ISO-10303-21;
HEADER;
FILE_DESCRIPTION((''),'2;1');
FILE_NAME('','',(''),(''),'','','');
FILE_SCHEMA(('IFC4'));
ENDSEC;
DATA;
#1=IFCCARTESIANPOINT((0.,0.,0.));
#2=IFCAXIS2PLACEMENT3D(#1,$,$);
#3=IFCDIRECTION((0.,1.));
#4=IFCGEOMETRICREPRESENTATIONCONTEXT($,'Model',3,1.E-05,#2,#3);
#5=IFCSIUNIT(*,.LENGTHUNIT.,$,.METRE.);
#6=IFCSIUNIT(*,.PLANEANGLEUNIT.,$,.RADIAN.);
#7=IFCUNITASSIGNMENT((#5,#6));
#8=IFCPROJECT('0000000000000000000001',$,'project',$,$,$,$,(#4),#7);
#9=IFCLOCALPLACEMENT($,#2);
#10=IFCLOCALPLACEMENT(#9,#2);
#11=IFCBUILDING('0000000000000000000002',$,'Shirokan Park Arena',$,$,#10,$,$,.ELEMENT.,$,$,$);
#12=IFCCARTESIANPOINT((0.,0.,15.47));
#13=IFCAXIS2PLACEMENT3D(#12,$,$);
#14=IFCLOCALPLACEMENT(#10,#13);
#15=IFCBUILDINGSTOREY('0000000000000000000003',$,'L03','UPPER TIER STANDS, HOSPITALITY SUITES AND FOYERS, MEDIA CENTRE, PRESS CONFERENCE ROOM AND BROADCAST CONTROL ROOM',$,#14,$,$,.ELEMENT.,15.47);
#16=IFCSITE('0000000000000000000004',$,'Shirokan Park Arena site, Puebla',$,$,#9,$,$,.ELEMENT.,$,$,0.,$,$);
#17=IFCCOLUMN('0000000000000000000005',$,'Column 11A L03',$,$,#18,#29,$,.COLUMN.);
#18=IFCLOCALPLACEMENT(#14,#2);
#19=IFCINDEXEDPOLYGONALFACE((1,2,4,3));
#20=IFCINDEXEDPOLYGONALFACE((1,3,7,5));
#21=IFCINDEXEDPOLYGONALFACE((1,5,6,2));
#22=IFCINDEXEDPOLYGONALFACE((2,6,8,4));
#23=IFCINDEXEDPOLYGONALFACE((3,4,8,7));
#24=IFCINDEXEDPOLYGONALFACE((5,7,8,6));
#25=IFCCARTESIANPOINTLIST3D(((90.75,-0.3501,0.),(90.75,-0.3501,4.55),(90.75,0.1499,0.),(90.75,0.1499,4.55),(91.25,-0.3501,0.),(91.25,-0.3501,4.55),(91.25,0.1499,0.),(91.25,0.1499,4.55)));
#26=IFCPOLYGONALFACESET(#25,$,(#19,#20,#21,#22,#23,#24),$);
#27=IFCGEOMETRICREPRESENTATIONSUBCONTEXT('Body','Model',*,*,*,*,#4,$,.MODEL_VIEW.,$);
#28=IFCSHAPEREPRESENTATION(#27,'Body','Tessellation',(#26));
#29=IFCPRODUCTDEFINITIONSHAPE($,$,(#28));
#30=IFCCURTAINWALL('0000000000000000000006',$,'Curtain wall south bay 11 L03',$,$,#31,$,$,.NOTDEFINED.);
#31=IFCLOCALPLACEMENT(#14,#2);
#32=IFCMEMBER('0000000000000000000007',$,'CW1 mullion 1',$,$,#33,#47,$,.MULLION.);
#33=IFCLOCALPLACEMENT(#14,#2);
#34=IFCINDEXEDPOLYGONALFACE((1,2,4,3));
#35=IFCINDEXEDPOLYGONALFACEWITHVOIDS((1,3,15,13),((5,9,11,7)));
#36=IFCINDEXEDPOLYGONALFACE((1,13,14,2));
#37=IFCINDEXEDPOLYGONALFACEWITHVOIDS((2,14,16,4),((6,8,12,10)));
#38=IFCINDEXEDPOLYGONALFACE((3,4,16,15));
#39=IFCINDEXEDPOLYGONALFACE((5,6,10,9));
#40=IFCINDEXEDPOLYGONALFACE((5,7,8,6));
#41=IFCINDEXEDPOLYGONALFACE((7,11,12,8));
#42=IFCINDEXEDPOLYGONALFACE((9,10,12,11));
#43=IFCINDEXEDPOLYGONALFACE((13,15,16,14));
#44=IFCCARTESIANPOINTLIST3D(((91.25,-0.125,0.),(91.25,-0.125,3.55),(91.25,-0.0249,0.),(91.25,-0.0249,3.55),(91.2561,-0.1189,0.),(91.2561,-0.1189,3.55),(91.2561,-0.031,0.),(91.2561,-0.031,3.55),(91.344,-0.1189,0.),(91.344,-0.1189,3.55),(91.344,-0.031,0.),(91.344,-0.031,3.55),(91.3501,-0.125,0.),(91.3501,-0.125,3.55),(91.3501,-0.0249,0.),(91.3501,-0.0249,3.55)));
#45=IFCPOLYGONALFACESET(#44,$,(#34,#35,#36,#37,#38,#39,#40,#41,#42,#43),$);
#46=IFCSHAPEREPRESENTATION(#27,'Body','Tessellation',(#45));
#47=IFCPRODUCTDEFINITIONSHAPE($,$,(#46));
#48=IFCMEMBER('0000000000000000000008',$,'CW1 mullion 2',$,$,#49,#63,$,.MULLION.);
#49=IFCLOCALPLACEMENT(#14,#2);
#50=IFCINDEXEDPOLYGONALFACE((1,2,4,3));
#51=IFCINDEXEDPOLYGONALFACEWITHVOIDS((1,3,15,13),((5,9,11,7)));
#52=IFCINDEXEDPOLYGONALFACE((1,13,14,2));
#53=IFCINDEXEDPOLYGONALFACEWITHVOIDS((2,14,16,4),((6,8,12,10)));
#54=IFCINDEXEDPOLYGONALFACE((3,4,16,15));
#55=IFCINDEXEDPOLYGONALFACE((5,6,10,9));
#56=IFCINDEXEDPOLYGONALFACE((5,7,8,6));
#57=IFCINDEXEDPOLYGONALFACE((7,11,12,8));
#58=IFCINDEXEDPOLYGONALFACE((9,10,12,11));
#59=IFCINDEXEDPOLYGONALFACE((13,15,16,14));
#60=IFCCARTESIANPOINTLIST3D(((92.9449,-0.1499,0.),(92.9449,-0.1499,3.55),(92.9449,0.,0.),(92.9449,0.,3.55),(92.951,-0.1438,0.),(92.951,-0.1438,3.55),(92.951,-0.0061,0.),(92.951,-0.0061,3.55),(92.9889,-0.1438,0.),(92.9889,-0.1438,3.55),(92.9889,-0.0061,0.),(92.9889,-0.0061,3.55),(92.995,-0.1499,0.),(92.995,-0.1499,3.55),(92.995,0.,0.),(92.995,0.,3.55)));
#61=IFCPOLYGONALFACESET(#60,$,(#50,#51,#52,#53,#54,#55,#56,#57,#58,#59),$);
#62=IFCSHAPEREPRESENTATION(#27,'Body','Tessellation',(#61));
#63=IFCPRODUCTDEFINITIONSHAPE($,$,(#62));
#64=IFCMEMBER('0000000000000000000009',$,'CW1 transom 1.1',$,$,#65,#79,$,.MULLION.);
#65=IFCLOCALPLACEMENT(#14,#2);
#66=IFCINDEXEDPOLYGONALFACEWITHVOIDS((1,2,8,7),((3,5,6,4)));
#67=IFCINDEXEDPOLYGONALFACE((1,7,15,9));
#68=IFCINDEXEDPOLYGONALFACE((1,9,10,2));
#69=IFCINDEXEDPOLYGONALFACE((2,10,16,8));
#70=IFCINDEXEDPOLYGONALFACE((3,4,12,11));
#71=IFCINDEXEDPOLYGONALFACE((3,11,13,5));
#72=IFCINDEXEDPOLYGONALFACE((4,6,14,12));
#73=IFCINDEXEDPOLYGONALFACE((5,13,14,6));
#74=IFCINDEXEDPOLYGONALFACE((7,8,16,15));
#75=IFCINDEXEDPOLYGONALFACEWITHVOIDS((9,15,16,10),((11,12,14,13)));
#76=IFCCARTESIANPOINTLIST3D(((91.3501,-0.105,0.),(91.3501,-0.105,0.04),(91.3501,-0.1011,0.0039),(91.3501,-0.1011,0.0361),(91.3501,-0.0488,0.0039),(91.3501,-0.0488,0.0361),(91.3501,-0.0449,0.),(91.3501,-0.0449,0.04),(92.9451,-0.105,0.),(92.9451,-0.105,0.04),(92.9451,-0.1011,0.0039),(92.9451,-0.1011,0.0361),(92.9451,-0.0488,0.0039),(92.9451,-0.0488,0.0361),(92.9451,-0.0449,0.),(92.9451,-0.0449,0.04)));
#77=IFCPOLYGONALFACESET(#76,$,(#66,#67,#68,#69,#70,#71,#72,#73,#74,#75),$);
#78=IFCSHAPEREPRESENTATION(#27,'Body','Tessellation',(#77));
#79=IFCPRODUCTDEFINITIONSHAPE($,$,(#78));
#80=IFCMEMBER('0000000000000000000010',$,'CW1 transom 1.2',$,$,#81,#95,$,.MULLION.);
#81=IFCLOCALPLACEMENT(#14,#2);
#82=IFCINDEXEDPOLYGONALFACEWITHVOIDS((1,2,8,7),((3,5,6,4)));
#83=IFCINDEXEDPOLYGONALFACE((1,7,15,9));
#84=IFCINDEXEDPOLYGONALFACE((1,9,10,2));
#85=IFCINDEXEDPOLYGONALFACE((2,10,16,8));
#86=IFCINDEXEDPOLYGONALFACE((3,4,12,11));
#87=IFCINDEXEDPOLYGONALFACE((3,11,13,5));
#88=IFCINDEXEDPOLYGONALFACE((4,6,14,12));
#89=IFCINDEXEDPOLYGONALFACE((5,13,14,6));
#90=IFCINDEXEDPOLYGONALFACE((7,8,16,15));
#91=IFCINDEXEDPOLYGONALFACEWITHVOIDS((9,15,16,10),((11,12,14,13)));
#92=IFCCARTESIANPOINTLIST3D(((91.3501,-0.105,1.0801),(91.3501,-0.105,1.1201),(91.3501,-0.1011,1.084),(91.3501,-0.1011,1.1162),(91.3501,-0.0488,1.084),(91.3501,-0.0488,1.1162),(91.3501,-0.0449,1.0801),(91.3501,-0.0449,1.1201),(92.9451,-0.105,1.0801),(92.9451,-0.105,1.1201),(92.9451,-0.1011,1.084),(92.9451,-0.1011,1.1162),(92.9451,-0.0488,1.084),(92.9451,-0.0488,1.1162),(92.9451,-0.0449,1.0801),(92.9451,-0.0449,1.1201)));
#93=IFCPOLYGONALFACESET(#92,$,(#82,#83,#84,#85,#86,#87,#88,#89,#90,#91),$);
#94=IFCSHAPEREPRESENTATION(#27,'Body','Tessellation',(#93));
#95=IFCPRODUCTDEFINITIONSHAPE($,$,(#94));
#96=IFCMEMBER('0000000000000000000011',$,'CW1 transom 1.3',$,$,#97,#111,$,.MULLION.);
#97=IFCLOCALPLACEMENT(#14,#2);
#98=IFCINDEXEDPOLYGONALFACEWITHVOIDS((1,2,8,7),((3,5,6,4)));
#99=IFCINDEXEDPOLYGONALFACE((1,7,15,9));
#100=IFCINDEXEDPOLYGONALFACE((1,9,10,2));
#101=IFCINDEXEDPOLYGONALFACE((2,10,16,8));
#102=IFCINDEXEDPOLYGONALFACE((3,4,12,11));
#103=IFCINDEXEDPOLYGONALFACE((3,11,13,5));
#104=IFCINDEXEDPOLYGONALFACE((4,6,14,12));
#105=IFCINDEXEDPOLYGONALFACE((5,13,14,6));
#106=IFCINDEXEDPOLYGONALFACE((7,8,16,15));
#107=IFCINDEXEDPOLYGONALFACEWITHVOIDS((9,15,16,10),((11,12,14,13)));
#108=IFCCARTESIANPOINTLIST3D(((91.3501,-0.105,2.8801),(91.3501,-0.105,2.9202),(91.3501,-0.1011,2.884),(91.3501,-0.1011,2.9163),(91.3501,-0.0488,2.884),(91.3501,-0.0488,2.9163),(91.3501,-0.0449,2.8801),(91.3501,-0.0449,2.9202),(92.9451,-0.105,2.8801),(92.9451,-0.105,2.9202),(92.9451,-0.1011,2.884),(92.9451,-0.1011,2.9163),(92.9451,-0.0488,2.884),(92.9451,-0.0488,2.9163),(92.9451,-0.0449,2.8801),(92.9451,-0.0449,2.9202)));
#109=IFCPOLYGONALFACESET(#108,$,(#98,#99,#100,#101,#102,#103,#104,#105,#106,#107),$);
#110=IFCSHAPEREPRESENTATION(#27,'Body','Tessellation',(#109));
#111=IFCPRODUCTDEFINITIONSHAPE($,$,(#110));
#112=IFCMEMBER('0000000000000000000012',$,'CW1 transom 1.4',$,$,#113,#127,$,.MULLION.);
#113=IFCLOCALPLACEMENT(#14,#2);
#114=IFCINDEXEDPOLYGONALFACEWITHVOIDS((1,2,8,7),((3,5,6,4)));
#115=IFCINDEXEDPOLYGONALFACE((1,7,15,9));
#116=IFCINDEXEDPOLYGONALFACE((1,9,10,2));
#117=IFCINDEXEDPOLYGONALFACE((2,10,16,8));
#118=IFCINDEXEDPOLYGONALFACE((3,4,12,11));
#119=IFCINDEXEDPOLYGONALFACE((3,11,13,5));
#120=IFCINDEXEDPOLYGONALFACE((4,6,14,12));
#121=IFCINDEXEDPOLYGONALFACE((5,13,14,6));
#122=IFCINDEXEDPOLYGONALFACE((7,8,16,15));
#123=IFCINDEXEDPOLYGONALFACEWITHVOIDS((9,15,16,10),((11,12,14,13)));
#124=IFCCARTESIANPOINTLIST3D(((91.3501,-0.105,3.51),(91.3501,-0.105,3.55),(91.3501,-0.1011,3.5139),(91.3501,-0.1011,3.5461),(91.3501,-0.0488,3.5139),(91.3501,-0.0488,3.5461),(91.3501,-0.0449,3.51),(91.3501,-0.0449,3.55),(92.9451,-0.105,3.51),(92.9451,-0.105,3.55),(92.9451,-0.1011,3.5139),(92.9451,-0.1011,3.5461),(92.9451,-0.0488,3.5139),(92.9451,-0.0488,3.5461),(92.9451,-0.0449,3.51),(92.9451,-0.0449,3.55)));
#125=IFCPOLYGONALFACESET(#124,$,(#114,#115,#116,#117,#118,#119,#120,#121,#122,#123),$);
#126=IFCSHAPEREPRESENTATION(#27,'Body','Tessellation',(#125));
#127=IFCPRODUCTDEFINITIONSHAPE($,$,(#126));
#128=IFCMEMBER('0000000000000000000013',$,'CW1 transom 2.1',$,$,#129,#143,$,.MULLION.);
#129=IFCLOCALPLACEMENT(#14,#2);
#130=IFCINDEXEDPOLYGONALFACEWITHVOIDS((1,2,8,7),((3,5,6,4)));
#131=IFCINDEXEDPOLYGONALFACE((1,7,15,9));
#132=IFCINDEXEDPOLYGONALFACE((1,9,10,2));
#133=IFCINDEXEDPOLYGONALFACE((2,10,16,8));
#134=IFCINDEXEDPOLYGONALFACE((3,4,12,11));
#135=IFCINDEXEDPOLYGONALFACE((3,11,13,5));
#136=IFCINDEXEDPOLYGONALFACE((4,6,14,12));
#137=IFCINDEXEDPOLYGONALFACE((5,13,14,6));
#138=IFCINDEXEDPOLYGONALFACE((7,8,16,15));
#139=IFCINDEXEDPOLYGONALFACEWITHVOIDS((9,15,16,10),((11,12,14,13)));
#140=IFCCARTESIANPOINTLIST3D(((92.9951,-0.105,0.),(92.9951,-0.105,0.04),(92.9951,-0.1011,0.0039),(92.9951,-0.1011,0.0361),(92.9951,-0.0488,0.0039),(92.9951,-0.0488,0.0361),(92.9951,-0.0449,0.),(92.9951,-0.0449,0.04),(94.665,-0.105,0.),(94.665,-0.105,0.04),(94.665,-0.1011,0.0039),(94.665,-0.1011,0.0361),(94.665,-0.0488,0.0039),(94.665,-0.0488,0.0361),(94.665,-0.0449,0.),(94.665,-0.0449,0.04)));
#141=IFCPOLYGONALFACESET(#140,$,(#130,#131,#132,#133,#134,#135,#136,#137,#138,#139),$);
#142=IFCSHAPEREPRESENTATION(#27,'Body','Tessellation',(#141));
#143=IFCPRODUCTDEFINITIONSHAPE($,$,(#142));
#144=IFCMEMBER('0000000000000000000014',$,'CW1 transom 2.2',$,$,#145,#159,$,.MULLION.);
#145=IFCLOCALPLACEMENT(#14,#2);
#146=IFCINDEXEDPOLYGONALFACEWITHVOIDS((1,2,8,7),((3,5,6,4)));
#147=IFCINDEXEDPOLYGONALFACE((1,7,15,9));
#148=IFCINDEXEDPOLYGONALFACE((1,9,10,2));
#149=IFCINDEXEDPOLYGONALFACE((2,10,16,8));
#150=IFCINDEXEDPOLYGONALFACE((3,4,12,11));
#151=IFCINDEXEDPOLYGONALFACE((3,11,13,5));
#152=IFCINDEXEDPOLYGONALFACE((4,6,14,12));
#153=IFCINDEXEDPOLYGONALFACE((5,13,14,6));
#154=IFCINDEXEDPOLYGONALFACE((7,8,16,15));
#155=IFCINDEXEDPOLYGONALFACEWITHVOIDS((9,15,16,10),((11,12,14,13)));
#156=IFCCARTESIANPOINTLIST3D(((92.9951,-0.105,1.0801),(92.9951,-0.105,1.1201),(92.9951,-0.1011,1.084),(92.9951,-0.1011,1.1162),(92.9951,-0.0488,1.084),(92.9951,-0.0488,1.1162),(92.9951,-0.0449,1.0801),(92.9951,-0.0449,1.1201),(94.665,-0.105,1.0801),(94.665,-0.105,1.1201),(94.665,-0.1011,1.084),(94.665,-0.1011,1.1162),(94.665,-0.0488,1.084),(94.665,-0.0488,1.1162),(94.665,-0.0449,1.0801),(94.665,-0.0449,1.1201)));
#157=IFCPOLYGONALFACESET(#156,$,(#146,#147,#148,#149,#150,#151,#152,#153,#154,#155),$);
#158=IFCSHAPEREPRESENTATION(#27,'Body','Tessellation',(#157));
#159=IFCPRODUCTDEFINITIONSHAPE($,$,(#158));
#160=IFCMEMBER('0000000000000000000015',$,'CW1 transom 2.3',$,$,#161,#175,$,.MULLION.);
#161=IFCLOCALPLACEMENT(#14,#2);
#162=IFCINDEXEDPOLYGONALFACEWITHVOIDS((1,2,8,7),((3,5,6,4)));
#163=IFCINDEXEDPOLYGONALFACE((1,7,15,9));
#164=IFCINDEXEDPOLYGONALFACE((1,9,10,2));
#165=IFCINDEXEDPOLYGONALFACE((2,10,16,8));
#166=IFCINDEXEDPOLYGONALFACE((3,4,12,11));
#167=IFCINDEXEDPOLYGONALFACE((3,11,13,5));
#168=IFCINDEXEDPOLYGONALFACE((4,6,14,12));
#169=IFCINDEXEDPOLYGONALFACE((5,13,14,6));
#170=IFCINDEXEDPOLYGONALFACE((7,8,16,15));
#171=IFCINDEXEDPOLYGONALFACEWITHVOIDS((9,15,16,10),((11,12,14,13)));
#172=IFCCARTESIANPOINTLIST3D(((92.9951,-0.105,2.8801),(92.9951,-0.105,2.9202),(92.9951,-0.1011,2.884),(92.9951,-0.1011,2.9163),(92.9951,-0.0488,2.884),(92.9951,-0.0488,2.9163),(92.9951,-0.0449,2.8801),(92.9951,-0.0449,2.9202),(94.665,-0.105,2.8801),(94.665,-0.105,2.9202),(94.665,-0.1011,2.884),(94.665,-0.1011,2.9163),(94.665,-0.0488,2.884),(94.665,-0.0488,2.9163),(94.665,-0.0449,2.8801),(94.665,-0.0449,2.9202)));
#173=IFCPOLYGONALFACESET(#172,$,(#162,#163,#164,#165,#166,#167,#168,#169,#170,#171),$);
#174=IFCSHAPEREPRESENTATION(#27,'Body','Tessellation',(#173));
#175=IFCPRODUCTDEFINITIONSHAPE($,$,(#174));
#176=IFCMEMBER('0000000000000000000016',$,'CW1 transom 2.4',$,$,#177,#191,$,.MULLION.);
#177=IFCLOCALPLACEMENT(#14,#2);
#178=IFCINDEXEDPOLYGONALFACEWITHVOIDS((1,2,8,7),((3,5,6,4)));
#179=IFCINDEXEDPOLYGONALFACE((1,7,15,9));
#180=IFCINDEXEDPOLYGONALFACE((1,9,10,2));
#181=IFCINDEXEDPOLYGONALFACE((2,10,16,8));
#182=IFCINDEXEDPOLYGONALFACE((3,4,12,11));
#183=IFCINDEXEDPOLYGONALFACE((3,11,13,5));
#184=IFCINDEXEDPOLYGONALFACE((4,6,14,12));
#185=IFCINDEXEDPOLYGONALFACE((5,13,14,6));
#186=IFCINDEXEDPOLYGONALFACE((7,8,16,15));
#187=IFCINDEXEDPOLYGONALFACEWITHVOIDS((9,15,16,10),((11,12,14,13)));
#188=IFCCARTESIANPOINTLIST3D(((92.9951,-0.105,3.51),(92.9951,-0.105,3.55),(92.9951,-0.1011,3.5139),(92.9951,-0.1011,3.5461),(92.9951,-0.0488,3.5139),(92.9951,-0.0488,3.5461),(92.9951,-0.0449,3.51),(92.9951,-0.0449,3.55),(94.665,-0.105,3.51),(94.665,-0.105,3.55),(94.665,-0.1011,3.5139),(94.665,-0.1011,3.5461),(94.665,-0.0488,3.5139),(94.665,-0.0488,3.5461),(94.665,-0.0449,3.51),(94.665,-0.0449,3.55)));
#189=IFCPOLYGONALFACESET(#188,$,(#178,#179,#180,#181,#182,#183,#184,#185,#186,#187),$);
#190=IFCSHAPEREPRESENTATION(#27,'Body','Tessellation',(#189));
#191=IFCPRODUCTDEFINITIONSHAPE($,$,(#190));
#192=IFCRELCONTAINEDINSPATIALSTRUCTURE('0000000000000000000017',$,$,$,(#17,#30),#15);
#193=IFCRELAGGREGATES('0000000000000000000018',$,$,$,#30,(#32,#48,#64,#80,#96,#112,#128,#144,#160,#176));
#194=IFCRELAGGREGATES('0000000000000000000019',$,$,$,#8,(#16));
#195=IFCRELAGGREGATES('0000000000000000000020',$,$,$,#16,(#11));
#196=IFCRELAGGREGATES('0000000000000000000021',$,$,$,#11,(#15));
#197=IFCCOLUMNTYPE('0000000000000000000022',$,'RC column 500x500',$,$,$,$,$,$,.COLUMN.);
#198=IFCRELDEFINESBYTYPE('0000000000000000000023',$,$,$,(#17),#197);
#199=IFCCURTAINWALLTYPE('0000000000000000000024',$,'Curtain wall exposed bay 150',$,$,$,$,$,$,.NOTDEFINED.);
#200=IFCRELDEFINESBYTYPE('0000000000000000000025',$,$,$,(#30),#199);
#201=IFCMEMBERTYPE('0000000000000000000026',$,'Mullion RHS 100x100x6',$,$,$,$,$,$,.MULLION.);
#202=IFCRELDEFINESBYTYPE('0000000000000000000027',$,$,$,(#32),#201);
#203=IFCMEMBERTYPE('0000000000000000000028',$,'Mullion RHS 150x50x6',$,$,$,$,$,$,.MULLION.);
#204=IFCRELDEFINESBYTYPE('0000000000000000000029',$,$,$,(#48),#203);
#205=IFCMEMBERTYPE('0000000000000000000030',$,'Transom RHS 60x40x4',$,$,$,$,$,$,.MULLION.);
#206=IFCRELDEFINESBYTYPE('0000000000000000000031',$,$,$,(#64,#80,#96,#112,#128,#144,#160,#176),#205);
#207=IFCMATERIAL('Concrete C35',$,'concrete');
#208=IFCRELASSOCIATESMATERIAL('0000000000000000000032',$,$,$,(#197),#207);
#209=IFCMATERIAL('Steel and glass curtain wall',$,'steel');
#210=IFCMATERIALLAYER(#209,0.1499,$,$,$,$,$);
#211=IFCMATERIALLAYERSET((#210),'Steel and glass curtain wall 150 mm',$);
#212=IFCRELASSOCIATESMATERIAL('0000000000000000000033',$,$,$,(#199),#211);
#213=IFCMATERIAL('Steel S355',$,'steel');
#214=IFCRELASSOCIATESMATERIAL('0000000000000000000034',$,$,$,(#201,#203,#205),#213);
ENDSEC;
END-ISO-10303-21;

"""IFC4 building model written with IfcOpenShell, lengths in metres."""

from ifc_helpers import new_model, si_unit, direction, frame, origin, origin_2d, place, context, subcontext, project, spatial, rectangle, hollow_rectangle, extrude, material, layer, layer_set, material_profile, profile_set, type_object, element, aggregate, save


model = new_model("IFC4")

# Units and contexts
model_context = context("Model", 3, precision=1e-05, world=origin(), true_north=direction((0.0, 1.0)))
body_context = subcontext(model_context, "Body", "Model", "MODEL_VIEW")
ifc_project = project(units=[si_unit("LENGTHUNIT", "METRE"), si_unit("PLANEANGLEUNIT", "RADIAN")], contexts=[model_context])

# Site, building, storey
site_placement = place(None, origin())
site = spatial("IfcSite", under=ifc_project, at=site_placement, Name="Shirokan Park Arena site, Puebla", CompositionType="ELEMENT", RefElevation=0.0)
building_placement = place(site_placement, origin())
building = spatial("IfcBuilding", under=site, at=building_placement, Name="Shirokan Park Arena", CompositionType="ELEMENT")
storey_placement = place(building_placement, frame((0.0, 0.0, 15.47)))
storey = spatial("IfcBuildingStorey", under=building, at=storey_placement, Name="L03", Description="UPPER TIER STANDS, HOSPITALITY SUITES AND FOYERS, MEDIA CENTRE, PRESS CONFERENCE ROOM AND BROADCAST CONTROL ROOM", CompositionType="ELEMENT", Elevation=15.47)

# Column
ifc_material_1 = material(Name="Concrete C35", Category="concrete")
ifc_material_profile_1 = material_profile(ifc_material_1, rectangle(XDim=0.5, YDim=0.5, at=origin_2d()), Name="500x500")
ifc_profile_set_1 = profile_set([ifc_material_profile_1], Name="Concrete C35")
column_type = type_object("IfcColumnType", Name="RC column 500x500", PredefinedType="COLUMN", material=ifc_profile_set_1)
column_placement = place(storey_placement, frame((91.0, -0.1001, 0.0), z_axis=(0.0, 0.0, 1.0), x_axis=(1.0, 0.0, 0.0)))
element("IfcColumn", 1, at=column_placement, inside=storey, type_object=column_type, Name="Column 11A L03", PredefinedType="COLUMN", context=body_context, shape_type="SweptSolid", body=[
    extrude(rectangle(XDim=0.5, YDim=0.5, at=origin_2d()), origin(), (0.0, 0.0, 1.0), 4.55),
])

# Curtain wall, members
ifc_material_2 = material(Name="Steel and glass curtain wall", Category="steel")
ifc_layer_1 = layer(ifc_material_2, 0.1499)
ifc_layer_set_1 = layer_set([ifc_layer_1], Name="Steel and glass curtain wall 150 mm")
curtain_wall_type = type_object("IfcCurtainWallType", Name="Curtain wall exposed bay 150", PredefinedType="NOTDEFINED", material=ifc_layer_set_1)
curtain_wall_placement = place(storey_placement, origin())
curtain_wall = element("IfcCurtainWall", 2, at=curtain_wall_placement, inside=storey, type_object=curtain_wall_type, Name="Curtain wall south bay 11 L03", PredefinedType="NOTDEFINED")
ifc_material_3 = material(Name="Steel S355", Category="steel")
ifc_material_profile_2 = material_profile(ifc_material_3, hollow_rectangle(XDim=0.1001, YDim=0.1001, WallThickness=0.0061, at=origin_2d()), Name="RHS 100x100x6")
ifc_profile_set_2 = profile_set([ifc_material_profile_2], Name="Steel S355")
member_type_1 = type_object("IfcMemberType", Name="Mullion RHS 100x100x6", PredefinedType="MULLION", material=ifc_profile_set_2)
member_1_placement = place(storey_placement, frame((91.3, -0.075, 0.0), z_axis=(0.0, 0.0, 1.0), x_axis=(0.0, 1.0, 0.0)))
member_1 = element("IfcMember", 3, at=member_1_placement, type_object=member_type_1, Name="CW1 mullion 1", PredefinedType="MULLION", context=body_context, shape_type="SweptSolid", body=[
    extrude(hollow_rectangle(XDim=0.1001, YDim=0.1001, WallThickness=0.0061, at=origin_2d()), origin(), (0.0, 0.0, 1.0), 3.55),
])
ifc_material_profile_3 = material_profile(ifc_material_3, hollow_rectangle(XDim=0.1499, YDim=0.05, WallThickness=0.0061, at=origin_2d()), Name="RHS 150x50x6")
ifc_profile_set_3 = profile_set([ifc_material_profile_3], Name="Steel S355")
member_type_2 = type_object("IfcMemberType", Name="Mullion RHS 150x50x6", PredefinedType="MULLION", material=ifc_profile_set_3)
member_2_placement = place(storey_placement, frame((92.97, -0.075, 0.0), z_axis=(0.0, 0.0, 1.0), x_axis=(0.0, 1.0, 0.0)))
member_2 = element("IfcMember", 4, at=member_2_placement, type_object=member_type_2, Name="CW1 mullion 2", PredefinedType="MULLION", context=body_context, shape_type="SweptSolid", body=[
    extrude(hollow_rectangle(XDim=0.1499, YDim=0.05, WallThickness=0.0061, at=origin_2d()), origin(), (0.0, 0.0, 1.0), 3.55),
])
ifc_material_profile_4 = material_profile(ifc_material_3, hollow_rectangle(XDim=0.0601, YDim=0.04, WallThickness=0.0039, at=origin_2d()), Name="RHS 60x40x4")
ifc_profile_set_4 = profile_set([ifc_material_profile_4], Name="Steel S355")
member_type_3 = type_object("IfcMemberType", Name="Transom RHS 60x40x4", PredefinedType="MULLION", material=ifc_profile_set_4)
member_3_placement = place(storey_placement, frame((91.3501, -0.075, 0.02), z_axis=(1.0, 0.0, 0.0), x_axis=(0.0, 1.0, 0.0)))
member_3 = element("IfcMember", 5, at=member_3_placement, type_object=member_type_3, Name="CW1 transom 1.1", PredefinedType="MULLION", context=body_context, shape_type="SweptSolid", body=[
    extrude(hollow_rectangle(XDim=0.0601, YDim=0.04, WallThickness=0.0039, at=origin_2d()), origin(), (0.0, 0.0, 1.0), 1.595),
])
member_4_placement = place(storey_placement, frame((91.3501, -0.075, 1.1001), z_axis=(1.0, 0.0, 0.0), x_axis=(0.0, 1.0, 0.0)))
member_4 = element("IfcMember", 6, at=member_4_placement, type_object=member_type_3, Name="CW1 transom 1.2", PredefinedType="MULLION", context=body_context, shape_type="SweptSolid", body=[
    extrude(hollow_rectangle(XDim=0.0601, YDim=0.04, WallThickness=0.0039, at=origin_2d()), origin(), (0.0, 0.0, 1.0), 1.595),
])
member_5_placement = place(storey_placement, frame((91.3501, -0.075, 2.9001), z_axis=(1.0, 0.0, 0.0), x_axis=(0.0, 1.0, 0.0)))
member_5 = element("IfcMember", 7, at=member_5_placement, type_object=member_type_3, Name="CW1 transom 1.3", PredefinedType="MULLION", context=body_context, shape_type="SweptSolid", body=[
    extrude(hollow_rectangle(XDim=0.0601, YDim=0.04, WallThickness=0.0039, at=origin_2d()), origin(), (0.0, 0.0, 1.0), 1.595),
])
member_6_placement = place(storey_placement, frame((91.3501, -0.075, 3.53), z_axis=(1.0, 0.0, 0.0), x_axis=(0.0, 1.0, 0.0)))
member_6 = element("IfcMember", 8, at=member_6_placement, type_object=member_type_3, Name="CW1 transom 1.4", PredefinedType="MULLION", context=body_context, shape_type="SweptSolid", body=[
    extrude(hollow_rectangle(XDim=0.0601, YDim=0.04, WallThickness=0.0039, at=origin_2d()), origin(), (0.0, 0.0, 1.0), 1.595),
])
member_7_placement = place(storey_placement, frame((92.9951, -0.075, 0.02), z_axis=(1.0, 0.0, 0.0), x_axis=(0.0, 1.0, 0.0)))
member_7 = element("IfcMember", 9, at=member_7_placement, type_object=member_type_3, Name="CW1 transom 2.1", PredefinedType="MULLION", context=body_context, shape_type="SweptSolid", body=[
    extrude(hollow_rectangle(XDim=0.0601, YDim=0.04, WallThickness=0.0039, at=origin_2d()), origin(), (0.0, 0.0, 1.0), 1.6699),
])
member_8_placement = place(storey_placement, frame((92.9951, -0.075, 1.1001), z_axis=(1.0, 0.0, 0.0), x_axis=(0.0, 1.0, 0.0)))
member_8 = element("IfcMember", 10, at=member_8_placement, type_object=member_type_3, Name="CW1 transom 2.2", PredefinedType="MULLION", context=body_context, shape_type="SweptSolid", body=[
    extrude(hollow_rectangle(XDim=0.0601, YDim=0.04, WallThickness=0.0039, at=origin_2d()), origin(), (0.0, 0.0, 1.0), 1.6699),
])
member_9_placement = place(storey_placement, frame((92.9951, -0.075, 2.9001), z_axis=(1.0, 0.0, 0.0), x_axis=(0.0, 1.0, 0.0)))
member_9 = element("IfcMember", 11, at=member_9_placement, type_object=member_type_3, Name="CW1 transom 2.3", PredefinedType="MULLION", context=body_context, shape_type="SweptSolid", body=[
    extrude(hollow_rectangle(XDim=0.0601, YDim=0.04, WallThickness=0.0039, at=origin_2d()), origin(), (0.0, 0.0, 1.0), 1.6699),
])
member_10_placement = place(storey_placement, frame((92.9951, -0.075, 3.53), z_axis=(1.0, 0.0, 0.0), x_axis=(0.0, 1.0, 0.0)))
member_10 = element("IfcMember", 12, at=member_10_placement, type_object=member_type_3, Name="CW1 transom 2.4", PredefinedType="MULLION", context=body_context, shape_type="SweptSolid", body=[
    extrude(hollow_rectangle(XDim=0.0601, YDim=0.04, WallThickness=0.0039, at=origin_2d()), origin(), (0.0, 0.0, 1.0), 1.6699),
])
aggregate(curtain_wall, [member_1, member_2, member_3, member_4, member_5, member_6, member_7, member_8, member_9, member_10])

save(model, "model.ifc")
